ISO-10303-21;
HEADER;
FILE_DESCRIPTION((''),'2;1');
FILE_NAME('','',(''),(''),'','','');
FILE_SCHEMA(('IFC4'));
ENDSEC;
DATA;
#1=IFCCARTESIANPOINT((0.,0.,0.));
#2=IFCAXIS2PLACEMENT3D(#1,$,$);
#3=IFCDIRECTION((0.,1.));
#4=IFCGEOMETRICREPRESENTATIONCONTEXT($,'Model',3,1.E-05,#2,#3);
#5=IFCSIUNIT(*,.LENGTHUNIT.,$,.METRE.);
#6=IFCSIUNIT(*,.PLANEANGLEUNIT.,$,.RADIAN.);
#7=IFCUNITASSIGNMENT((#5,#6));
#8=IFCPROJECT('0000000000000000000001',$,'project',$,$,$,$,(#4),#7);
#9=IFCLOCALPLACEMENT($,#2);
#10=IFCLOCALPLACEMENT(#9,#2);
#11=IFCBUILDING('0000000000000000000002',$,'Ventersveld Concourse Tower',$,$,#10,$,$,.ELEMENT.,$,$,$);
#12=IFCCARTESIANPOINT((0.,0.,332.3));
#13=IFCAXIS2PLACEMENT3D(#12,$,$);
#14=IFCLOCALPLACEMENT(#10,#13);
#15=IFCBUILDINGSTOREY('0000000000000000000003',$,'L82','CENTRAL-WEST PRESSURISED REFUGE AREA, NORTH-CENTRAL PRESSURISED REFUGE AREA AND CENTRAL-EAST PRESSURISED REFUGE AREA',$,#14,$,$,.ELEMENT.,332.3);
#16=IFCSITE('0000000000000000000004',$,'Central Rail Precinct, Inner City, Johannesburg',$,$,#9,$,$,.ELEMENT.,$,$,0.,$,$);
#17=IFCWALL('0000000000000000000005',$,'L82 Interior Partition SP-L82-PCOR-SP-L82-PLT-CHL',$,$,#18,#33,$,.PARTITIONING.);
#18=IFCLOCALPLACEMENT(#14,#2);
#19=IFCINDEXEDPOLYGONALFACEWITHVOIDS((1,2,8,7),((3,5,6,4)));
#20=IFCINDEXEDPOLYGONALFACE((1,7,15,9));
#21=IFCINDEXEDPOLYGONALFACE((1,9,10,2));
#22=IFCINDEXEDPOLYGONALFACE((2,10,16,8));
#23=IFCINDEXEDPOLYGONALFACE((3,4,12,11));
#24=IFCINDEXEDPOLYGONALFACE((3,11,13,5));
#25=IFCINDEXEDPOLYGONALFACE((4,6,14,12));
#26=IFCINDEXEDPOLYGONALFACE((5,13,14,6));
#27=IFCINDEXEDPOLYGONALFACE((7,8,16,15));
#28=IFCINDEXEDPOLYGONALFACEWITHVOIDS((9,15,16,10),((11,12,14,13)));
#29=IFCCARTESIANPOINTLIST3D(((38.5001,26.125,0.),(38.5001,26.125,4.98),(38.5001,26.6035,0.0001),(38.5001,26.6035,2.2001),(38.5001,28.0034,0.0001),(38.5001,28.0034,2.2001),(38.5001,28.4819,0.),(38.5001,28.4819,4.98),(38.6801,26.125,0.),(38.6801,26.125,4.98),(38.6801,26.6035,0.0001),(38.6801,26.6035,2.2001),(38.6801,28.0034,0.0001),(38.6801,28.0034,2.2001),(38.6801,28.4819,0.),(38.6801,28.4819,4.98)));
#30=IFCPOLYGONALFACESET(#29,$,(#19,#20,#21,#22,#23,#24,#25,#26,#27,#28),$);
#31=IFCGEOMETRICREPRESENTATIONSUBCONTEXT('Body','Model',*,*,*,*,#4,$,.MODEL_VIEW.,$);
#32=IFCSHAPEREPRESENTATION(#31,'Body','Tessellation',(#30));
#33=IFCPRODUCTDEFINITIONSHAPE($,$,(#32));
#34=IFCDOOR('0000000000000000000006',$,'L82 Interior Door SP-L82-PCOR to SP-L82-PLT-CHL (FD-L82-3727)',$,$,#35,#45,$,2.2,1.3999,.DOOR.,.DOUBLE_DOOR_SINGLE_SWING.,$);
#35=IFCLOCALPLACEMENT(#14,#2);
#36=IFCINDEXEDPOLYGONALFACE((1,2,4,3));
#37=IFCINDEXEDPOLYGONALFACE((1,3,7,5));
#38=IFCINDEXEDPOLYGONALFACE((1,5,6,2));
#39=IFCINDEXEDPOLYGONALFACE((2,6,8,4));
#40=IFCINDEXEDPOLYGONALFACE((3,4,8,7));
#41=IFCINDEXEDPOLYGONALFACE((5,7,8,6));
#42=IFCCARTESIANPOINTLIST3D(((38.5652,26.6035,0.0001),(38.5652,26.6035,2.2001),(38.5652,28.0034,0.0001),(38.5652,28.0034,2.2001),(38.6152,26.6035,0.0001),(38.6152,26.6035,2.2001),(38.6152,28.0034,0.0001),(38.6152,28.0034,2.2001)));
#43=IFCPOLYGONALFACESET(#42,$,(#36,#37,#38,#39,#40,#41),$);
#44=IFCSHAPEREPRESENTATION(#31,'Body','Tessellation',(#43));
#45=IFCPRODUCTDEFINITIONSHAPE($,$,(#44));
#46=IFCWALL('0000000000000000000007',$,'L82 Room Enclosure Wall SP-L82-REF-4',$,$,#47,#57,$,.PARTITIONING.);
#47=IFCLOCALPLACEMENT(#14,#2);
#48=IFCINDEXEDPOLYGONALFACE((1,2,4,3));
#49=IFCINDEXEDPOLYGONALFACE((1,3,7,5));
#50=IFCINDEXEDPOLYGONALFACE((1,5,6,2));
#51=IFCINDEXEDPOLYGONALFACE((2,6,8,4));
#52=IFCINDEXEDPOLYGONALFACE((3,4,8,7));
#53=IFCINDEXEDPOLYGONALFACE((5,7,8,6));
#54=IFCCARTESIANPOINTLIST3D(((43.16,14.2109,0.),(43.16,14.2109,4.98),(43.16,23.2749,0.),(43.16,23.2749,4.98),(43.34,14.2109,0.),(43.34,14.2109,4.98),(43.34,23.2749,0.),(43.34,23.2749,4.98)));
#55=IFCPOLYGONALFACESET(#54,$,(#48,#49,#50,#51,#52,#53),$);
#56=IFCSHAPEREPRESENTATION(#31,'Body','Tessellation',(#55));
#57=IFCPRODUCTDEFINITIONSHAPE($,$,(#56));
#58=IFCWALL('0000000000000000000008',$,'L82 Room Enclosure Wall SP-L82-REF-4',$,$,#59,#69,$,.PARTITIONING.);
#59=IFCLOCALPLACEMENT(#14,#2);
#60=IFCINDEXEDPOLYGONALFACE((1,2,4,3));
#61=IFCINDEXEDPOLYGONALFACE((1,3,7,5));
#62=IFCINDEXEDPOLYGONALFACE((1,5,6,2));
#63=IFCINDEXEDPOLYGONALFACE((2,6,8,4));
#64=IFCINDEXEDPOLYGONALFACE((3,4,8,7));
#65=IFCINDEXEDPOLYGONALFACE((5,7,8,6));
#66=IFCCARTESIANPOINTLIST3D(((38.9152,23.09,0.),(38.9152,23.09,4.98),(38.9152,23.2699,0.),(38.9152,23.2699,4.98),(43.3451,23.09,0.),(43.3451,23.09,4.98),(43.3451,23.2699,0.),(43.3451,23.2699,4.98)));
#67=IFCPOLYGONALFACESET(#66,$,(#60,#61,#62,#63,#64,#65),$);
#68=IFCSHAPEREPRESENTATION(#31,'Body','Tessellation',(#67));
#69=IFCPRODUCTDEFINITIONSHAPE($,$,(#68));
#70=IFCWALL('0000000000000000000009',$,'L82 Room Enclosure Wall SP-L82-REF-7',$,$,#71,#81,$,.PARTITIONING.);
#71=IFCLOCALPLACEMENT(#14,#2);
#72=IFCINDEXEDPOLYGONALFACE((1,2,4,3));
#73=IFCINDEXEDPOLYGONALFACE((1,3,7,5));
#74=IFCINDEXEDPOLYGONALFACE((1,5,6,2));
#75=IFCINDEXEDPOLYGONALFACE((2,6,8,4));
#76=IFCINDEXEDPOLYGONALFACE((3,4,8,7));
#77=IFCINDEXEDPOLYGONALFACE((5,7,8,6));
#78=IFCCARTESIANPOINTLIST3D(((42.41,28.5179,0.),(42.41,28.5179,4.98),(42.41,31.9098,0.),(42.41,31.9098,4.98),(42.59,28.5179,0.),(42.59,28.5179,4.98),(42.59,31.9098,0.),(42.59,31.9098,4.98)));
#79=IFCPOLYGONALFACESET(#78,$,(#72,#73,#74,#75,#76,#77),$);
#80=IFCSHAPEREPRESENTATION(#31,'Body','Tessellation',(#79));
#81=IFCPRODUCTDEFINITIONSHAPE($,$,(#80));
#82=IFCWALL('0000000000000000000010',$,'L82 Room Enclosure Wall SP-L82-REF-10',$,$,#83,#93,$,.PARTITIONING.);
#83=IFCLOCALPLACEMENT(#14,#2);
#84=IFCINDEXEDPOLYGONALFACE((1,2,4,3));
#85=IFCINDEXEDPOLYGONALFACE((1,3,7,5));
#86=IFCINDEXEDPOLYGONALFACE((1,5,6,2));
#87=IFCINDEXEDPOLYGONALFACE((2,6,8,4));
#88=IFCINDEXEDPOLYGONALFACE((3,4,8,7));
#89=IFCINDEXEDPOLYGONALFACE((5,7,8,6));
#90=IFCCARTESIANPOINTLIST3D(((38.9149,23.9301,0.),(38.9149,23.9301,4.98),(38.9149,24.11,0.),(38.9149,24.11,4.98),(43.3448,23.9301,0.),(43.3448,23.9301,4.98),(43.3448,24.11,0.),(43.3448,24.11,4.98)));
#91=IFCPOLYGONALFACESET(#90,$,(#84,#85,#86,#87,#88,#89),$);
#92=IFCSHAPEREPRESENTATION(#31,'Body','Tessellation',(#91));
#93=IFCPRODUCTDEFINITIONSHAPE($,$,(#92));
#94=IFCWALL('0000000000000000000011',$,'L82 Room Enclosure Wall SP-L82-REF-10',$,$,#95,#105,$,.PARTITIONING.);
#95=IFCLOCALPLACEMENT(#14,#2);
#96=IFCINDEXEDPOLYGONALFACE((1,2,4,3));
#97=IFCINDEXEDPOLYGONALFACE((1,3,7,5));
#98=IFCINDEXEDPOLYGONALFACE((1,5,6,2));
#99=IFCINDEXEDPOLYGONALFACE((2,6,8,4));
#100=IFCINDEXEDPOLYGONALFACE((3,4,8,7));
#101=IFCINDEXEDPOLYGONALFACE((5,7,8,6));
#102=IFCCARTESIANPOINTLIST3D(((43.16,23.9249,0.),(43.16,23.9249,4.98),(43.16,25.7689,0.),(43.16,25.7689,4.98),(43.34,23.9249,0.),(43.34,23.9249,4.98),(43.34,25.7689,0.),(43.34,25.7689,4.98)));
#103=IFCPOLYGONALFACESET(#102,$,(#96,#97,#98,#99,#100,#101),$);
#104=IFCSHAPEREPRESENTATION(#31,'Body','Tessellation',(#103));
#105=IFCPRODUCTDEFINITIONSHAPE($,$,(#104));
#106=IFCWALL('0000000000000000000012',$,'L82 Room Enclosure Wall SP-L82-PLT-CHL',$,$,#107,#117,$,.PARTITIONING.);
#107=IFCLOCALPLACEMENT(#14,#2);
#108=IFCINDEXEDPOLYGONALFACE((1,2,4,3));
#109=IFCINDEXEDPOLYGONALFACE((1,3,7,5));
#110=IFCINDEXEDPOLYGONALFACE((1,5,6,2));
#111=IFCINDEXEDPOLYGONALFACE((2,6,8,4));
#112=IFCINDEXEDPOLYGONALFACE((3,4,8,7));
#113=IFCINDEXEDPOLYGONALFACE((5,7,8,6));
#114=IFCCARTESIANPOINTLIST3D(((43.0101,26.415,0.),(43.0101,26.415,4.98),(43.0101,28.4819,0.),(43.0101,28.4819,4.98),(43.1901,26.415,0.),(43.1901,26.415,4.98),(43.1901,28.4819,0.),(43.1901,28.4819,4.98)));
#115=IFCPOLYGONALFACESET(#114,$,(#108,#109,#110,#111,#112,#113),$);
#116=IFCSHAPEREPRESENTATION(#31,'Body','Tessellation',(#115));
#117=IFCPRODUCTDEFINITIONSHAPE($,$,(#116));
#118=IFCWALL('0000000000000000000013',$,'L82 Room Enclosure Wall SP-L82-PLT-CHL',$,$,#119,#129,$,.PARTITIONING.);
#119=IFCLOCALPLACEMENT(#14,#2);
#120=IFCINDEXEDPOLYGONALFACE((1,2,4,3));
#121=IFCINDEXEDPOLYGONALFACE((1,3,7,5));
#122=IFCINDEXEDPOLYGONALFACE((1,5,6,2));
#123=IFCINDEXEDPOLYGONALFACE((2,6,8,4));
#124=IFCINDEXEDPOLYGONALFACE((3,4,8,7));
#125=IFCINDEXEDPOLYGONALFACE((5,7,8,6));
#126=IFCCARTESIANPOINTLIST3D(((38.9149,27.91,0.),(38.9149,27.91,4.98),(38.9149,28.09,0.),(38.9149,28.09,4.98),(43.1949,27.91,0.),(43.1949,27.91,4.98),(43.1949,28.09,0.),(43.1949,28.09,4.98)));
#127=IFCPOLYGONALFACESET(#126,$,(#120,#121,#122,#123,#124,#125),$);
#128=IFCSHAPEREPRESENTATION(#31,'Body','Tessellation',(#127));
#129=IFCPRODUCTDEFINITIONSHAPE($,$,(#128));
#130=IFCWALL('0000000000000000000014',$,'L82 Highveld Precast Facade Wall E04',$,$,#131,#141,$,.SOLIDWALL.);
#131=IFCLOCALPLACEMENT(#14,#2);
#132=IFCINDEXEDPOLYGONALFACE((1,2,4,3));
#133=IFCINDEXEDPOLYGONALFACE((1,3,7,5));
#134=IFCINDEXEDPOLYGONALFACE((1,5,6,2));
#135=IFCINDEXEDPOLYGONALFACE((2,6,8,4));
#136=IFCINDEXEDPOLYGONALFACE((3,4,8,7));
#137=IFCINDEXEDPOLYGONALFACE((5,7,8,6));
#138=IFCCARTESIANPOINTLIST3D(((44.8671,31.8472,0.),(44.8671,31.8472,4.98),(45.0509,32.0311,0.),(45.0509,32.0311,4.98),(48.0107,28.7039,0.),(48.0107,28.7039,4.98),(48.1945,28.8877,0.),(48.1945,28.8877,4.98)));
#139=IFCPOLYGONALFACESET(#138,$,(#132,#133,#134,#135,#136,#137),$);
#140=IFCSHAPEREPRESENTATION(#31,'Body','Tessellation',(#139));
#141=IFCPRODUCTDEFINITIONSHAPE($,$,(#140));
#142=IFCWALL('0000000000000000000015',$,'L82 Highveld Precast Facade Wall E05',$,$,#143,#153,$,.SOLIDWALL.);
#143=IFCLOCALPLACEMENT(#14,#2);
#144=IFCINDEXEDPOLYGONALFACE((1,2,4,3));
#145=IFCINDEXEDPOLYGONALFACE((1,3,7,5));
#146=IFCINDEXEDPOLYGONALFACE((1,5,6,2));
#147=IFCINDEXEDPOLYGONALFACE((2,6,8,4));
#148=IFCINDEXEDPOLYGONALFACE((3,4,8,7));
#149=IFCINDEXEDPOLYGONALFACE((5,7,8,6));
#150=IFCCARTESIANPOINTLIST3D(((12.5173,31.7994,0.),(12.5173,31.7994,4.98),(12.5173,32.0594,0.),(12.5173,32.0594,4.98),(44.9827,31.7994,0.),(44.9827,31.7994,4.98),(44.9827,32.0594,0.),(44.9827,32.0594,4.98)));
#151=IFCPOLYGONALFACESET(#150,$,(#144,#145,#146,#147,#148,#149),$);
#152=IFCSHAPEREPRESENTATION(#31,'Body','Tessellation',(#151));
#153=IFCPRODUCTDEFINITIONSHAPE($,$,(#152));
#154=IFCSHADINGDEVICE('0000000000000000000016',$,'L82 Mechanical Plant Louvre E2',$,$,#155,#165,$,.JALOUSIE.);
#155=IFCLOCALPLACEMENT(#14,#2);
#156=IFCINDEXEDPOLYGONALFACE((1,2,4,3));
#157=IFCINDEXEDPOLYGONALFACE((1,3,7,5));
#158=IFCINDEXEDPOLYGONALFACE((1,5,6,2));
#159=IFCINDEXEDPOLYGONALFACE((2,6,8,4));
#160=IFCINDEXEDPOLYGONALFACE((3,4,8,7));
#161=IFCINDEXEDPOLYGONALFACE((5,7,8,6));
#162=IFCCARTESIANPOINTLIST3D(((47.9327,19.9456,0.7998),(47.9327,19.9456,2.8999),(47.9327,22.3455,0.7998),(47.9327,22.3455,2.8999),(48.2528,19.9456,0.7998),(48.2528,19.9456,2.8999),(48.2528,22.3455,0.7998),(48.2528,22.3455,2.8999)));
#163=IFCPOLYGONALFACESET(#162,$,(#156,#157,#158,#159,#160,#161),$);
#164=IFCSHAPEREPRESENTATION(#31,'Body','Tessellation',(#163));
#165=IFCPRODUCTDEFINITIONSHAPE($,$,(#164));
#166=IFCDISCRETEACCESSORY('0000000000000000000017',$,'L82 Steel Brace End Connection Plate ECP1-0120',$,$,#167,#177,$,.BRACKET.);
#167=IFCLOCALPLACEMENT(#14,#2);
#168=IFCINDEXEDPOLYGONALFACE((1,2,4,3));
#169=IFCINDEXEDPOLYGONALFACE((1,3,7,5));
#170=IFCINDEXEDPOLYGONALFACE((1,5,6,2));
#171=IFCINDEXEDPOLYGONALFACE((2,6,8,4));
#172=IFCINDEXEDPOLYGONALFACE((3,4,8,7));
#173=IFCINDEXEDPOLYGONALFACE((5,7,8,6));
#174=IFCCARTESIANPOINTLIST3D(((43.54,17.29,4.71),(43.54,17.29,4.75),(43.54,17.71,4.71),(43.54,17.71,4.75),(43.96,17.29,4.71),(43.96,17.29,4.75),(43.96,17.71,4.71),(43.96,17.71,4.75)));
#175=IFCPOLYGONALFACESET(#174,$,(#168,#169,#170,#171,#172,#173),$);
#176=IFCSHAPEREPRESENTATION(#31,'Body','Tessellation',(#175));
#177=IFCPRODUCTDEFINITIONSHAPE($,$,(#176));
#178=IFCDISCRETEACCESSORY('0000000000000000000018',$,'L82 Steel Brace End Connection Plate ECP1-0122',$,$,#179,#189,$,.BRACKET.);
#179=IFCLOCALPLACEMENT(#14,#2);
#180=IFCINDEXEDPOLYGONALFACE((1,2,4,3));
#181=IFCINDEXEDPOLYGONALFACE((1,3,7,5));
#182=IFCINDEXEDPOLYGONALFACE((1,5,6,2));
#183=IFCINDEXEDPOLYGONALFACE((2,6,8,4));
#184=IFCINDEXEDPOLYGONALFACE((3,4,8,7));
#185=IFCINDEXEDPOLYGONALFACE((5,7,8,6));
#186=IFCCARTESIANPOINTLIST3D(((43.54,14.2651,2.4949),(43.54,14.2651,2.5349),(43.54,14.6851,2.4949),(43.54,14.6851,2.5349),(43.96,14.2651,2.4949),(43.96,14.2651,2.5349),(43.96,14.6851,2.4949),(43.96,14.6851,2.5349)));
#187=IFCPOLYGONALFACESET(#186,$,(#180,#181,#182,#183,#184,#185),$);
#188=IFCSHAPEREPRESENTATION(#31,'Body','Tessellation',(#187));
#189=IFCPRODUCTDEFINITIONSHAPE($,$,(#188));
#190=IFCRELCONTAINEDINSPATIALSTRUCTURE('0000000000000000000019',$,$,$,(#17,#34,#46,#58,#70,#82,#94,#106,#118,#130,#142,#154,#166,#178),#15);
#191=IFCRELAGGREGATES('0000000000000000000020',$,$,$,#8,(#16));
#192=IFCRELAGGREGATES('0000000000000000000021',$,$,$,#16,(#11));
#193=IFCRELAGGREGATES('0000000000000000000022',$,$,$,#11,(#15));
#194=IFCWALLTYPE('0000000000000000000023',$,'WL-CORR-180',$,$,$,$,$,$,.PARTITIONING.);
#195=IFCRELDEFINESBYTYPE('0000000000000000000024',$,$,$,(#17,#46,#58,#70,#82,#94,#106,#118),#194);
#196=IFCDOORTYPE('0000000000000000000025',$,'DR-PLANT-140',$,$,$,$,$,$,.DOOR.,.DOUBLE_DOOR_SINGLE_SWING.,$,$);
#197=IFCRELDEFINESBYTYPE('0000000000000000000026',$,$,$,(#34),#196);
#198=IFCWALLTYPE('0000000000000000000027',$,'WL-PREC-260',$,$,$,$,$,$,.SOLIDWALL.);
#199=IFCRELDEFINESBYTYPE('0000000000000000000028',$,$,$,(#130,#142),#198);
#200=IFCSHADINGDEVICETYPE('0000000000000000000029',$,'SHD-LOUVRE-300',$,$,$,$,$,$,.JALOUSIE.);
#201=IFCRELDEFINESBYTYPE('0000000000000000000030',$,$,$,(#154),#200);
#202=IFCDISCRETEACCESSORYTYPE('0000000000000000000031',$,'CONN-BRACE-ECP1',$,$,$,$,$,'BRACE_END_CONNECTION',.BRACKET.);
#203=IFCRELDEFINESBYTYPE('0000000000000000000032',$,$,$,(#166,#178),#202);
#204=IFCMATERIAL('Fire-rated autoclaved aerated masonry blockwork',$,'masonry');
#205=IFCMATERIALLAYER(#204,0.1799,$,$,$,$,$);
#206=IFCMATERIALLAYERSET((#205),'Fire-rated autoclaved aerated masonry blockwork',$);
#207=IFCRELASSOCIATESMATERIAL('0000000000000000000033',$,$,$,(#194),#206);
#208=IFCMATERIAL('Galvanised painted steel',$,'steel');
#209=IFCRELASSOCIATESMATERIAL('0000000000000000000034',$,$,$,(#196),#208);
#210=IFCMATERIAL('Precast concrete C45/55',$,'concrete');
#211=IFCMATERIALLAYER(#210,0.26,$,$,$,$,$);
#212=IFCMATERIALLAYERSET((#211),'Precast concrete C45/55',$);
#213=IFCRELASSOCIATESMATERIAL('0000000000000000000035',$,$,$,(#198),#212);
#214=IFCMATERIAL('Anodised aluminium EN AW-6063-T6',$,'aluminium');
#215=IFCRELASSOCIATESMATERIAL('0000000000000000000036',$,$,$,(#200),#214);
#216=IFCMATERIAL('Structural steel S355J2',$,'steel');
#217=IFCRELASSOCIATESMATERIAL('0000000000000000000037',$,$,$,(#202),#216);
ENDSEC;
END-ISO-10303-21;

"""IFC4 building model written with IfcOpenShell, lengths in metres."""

from ifc_helpers import new_model, si_unit, direction, frame, frame_2d, origin, origin_2d, place, context, subcontext, project, spatial, rectangle, extrude, material, layer, layer_set, type_object, element, fill, save


model = new_model("IFC4")

# Units and contexts
model_context = context("Model", 3, precision=1e-05, world=origin(), true_north=direction((0.0, 1.0)))
body_context = subcontext(model_context, "Body", "Model", "MODEL_VIEW")
ifc_project = project(units=[si_unit("LENGTHUNIT", "METRE"), si_unit("PLANEANGLEUNIT", "RADIAN")], contexts=[model_context])

# Site, building, storey
site_placement = place(None, origin())
site = spatial("IfcSite", under=ifc_project, at=site_placement, Name="Central Rail Precinct, Inner City, Johannesburg", CompositionType="ELEMENT", RefElevation=0.0)
building_placement = place(site_placement, origin())
building = spatial("IfcBuilding", under=site, at=building_placement, Name="Ventersveld Concourse Tower", CompositionType="ELEMENT")
storey_placement = place(building_placement, frame((0.0, 0.0, 332.3)))
storey = spatial("IfcBuildingStorey", under=building, at=storey_placement, Name="L82", Description="CENTRAL-WEST PRESSURISED REFUGE AREA, NORTH-CENTRAL PRESSURISED REFUGE AREA AND CENTRAL-EAST PRESSURISED REFUGE AREA", CompositionType="ELEMENT", Elevation=332.3)

# Shared definitions
ifc_material_1 = material(Name="Structural steel S355J2", Category="steel")

# Wall, opening, door
ifc_material_2 = material(Name="Fire-rated autoclaved aerated masonry blockwork", Category="masonry")
ifc_layer_1 = layer(ifc_material_2, 0.1799)
ifc_layer_set_1 = layer_set([ifc_layer_1], Name="Fire-rated autoclaved aerated masonry blockwork")
wall_type_1 = type_object("IfcWallType", Name="WL-CORR-180", PredefinedType="PARTITIONING", material=ifc_layer_set_1)
wall_1_placement = place(storey_placement, frame((38.5901, 26.125, 0.0), z_axis=(0.0, 0.0, 1.0), x_axis=(0.0, 1.0, 0.0)))
wall_1 = element("IfcWall", 1, at=wall_1_placement, inside=storey, type_object=wall_type_1, Name="L82 Interior Partition SP-L82-PCOR-SP-L82-PLT-CHL", PredefinedType="PARTITIONING", context=body_context, shape_type="SweptSolid", body=[
    extrude(rectangle(XDim=2.3569, YDim=0.1799, at=frame_2d((1.1785, 0.0))), origin(), (0.0, 0.0, 1.0), 4.98),
])
opening_placement = place(wall_1_placement, frame((0.4785, 0.0, 0.0)))
opening = element("IfcOpeningElement", 2, at=opening_placement, cuts=wall_1, PredefinedType="OPENING", context=body_context, shape_type="SweptSolid", body=[
    extrude(rectangle(XDim=1.3999, YDim=2.2, at=frame_2d((0.7, 1.1001))), frame((0.0, 0.1001, 0.0), z_axis=(0.0, -1.0, 0.0), x_axis=(1.0, 0.0, 0.0)), (0.0, 0.0, 1.0), 0.2),
])
ifc_material_3 = material(Name="Galvanised painted steel", Category="steel")
door_type = type_object("IfcDoorType", Name="DR-PLANT-140", OperationType="DOUBLE_DOOR_SINGLE_SWING", PredefinedType="DOOR", material=ifc_material_3)
door_placement = place(opening_placement, origin())
door = element("IfcDoor", 3, at=door_placement, inside=storey, type_object=door_type, Name="L82 Interior Door SP-L82-PCOR to SP-L82-PLT-CHL (FD-L82-3727)", OperationType="DOUBLE_DOOR_SINGLE_SWING", OverallHeight=2.2, OverallWidth=1.3999, PredefinedType="DOOR", context=body_context, shape_type="SweptSolid", body=[
    extrude(rectangle(XDim=1.3999, YDim=2.2, at=frame_2d((0.7, 1.1001))), frame((0.0, 0.0249, 0.0), z_axis=(0.0, -1.0, 0.0), x_axis=(1.0, 0.0, 0.0)), (0.0, 0.0, 1.0), 0.05),
])
fill(opening, door)

# Walls
wall_2_placement = place(storey_placement, frame((43.25, 14.2109, 0.0), z_axis=(0.0, 0.0, 1.0), x_axis=(0.0, 1.0, 0.0)))
element("IfcWall", 4, at=wall_2_placement, inside=storey, type_object=wall_type_1, Name="L82 Room Enclosure Wall SP-L82-REF-4", PredefinedType="PARTITIONING", context=body_context, shape_type="SweptSolid", body=[
    extrude(rectangle(XDim=9.064, YDim=0.1799, at=frame_2d((4.532, 0.0))), origin(), (0.0, 0.0, 1.0), 4.98),
])
wall_3_placement = place(storey_placement, frame((43.345, 23.1799, 0.0), z_axis=(0.0, 0.0, 1.0), x_axis=(-1.0, 0.0, 0.0)))
element("IfcWall", 5, at=wall_3_placement, inside=storey, type_object=wall_type_1, Name="L82 Room Enclosure Wall SP-L82-REF-4", PredefinedType="PARTITIONING", context=body_context, shape_type="SweptSolid", body=[
    extrude(rectangle(XDim=4.4299, YDim=0.1799, at=frame_2d((2.2148, 0.0))), origin(), (0.0, 0.0, 1.0), 4.98),
])
wall_4_placement = place(storey_placement, frame((42.5, 28.5181, 0.0), z_axis=(0.0, 0.0, 1.0), x_axis=(0.0, 1.0, 0.0)))
element("IfcWall", 6, at=wall_4_placement, inside=storey, type_object=wall_type_1, Name="L82 Room Enclosure Wall SP-L82-REF-7", PredefinedType="PARTITIONING", context=body_context, shape_type="SweptSolid", body=[
    extrude(rectangle(XDim=3.3918, YDim=0.1799, at=frame_2d((1.6958, 0.0))), origin(), (0.0, 0.0, 1.0), 4.98),
])
wall_5_placement = place(storey_placement, frame((38.915, 24.02, 0.0), z_axis=(0.0, 0.0, 1.0), x_axis=(1.0, 0.0, 0.0)))
element("IfcWall", 7, at=wall_5_placement, inside=storey, type_object=wall_type_1, Name="L82 Room Enclosure Wall SP-L82-REF-10", PredefinedType="PARTITIONING", context=body_context, shape_type="SweptSolid", body=[
    extrude(rectangle(XDim=4.4299, YDim=0.1799, at=frame_2d((2.2148, 0.0))), origin(), (0.0, 0.0, 1.0), 4.98),
])
wall_6_placement = place(storey_placement, frame((43.25, 23.925, 0.0), z_axis=(0.0, 0.0, 1.0), x_axis=(0.0, 1.0, 0.0)))
element("IfcWall", 8, at=wall_6_placement, inside=storey, type_object=wall_type_1, Name="L82 Room Enclosure Wall SP-L82-REF-10", PredefinedType="PARTITIONING", context=body_context, shape_type="SweptSolid", body=[
    extrude(rectangle(XDim=1.844, YDim=0.1799, at=frame_2d((0.9219, 0.0))), origin(), (0.0, 0.0, 1.0), 4.98),
])
wall_7_placement = place(storey_placement, frame((43.1001, 26.415, 0.0), z_axis=(0.0, 0.0, 1.0), x_axis=(0.0, 1.0, 0.0)))
element("IfcWall", 9, at=wall_7_placement, inside=storey, type_object=wall_type_1, Name="L82 Room Enclosure Wall SP-L82-PLT-CHL", PredefinedType="PARTITIONING", context=body_context, shape_type="SweptSolid", body=[
    extrude(rectangle(XDim=2.0669, YDim=0.1799, at=frame_2d((1.0334, 0.0))), origin(), (0.0, 0.0, 1.0), 4.98),
])
wall_8_placement = place(storey_placement, frame((43.1951, 28.0, 0.0), z_axis=(0.0, 0.0, 1.0), x_axis=(-1.0, 0.0, 0.0)))
element("IfcWall", 10, at=wall_8_placement, inside=storey, type_object=wall_type_1, Name="L82 Room Enclosure Wall SP-L82-PLT-CHL", PredefinedType="PARTITIONING", context=body_context, shape_type="SweptSolid", body=[
    extrude(rectangle(XDim=4.28, YDim=0.1799, at=frame_2d((2.1401, 0.0))), origin(), (0.0, 0.0, 1.0), 4.98),
])
ifc_material_4 = material(Name="Precast concrete C45/55", Category="concrete")
ifc_layer_2 = layer(ifc_material_4, 0.26)
ifc_layer_set_2 = layer_set([ifc_layer_2], Name="Precast concrete C45/55")
wall_type_2 = type_object("IfcWallType", Name="WL-PREC-260", PredefinedType="SOLIDWALL", material=ifc_layer_set_2)
wall_9_placement = place(storey_placement, frame((48.1025, 28.7959, 0.0), z_axis=(0.0, 0.0, 1.0), x_axis=(-0.707134, 0.707079, 0.0)))
element("IfcWall", 11, at=wall_9_placement, inside=storey, type_object=wall_type_2, Name="L82 Highveld Precast Facade Wall E04", PredefinedType="SOLIDWALL", context=body_context, shape_type="SweptSolid", body=[
    extrude(rectangle(XDim=4.4456, YDim=0.26, at=frame_2d((2.2227, 0.0))), origin(), (0.0, 0.0, 1.0), 4.98),
])
wall_10_placement = place(storey_placement, frame((44.9827, 31.9294, 0.0), z_axis=(0.0, 0.0, 1.0), x_axis=(-1.0, 0.0, 0.0)))
element("IfcWall", 12, at=wall_10_placement, inside=storey, type_object=wall_type_2, Name="L82 Highveld Precast Facade Wall E05", PredefinedType="SOLIDWALL", context=body_context, shape_type="SweptSolid", body=[
    extrude(rectangle(XDim=32.4653, YDim=0.26, at=frame_2d((16.2327, 0.0))), origin(), (0.0, 0.0, 1.0), 4.98),
])

# Shading device
ifc_material_5 = material(Name="Anodised aluminium EN AW-6063-T6", Category="aluminium")
shading_device_type = type_object("IfcShadingDeviceType", Name="SHD-LOUVRE-300", PredefinedType="JALOUSIE", material=ifc_material_5)
shading_device_placement = place(storey_placement, frame((48.0928, 21.1455, 0.7998), z_axis=(0.0, 0.0, 1.0), x_axis=(0.0, 1.0, 0.0)))
element("IfcShadingDevice", 13, at=shading_device_placement, inside=storey, type_object=shading_device_type, Name="L82 Mechanical Plant Louvre E2", PredefinedType="JALOUSIE", context=body_context, shape_type="SweptSolid", body=[
    extrude(rectangle(XDim=2.3999, YDim=0.3201, at=origin_2d()), origin(), (0.0, 0.0, 1.0), 2.1001),
])

# Discrete accessories
discrete_accessory_type = type_object("IfcDiscreteAccessoryType", Name="CONN-BRACE-ECP1", ElementType="BRACE_END_CONNECTION", PredefinedType="BRACKET", material=ifc_material_1)
for number, where, z_axis, x_axis, name in (
    (14, (43.75, 17.5, 4.71), (0.0, 0.0, 1.0), (1.0, 0.0, 0.0), "L82 Steel Brace End Connection Plate ECP1-0120"),
    (15, (43.75, 14.4751, 2.4949), (0.0, 0.0, 1.0), (1.0, 0.0, 0.0), "L82 Steel Brace End Connection Plate ECP1-0122"),
):
    element("IfcDiscreteAccessory", number, at=place(storey_placement, frame(where, z_axis=z_axis, x_axis=x_axis)), inside=storey, type_object=discrete_accessory_type, Name=name, PredefinedType="BRACKET", context=body_context, shape_type="SweptSolid", body=[
        extrude(rectangle(XDim=0.4199, YDim=0.4199, at=origin_2d()), origin(), (0.0, 0.0, 1.0), 0.04),
    ])

save(model, "model.ifc")
